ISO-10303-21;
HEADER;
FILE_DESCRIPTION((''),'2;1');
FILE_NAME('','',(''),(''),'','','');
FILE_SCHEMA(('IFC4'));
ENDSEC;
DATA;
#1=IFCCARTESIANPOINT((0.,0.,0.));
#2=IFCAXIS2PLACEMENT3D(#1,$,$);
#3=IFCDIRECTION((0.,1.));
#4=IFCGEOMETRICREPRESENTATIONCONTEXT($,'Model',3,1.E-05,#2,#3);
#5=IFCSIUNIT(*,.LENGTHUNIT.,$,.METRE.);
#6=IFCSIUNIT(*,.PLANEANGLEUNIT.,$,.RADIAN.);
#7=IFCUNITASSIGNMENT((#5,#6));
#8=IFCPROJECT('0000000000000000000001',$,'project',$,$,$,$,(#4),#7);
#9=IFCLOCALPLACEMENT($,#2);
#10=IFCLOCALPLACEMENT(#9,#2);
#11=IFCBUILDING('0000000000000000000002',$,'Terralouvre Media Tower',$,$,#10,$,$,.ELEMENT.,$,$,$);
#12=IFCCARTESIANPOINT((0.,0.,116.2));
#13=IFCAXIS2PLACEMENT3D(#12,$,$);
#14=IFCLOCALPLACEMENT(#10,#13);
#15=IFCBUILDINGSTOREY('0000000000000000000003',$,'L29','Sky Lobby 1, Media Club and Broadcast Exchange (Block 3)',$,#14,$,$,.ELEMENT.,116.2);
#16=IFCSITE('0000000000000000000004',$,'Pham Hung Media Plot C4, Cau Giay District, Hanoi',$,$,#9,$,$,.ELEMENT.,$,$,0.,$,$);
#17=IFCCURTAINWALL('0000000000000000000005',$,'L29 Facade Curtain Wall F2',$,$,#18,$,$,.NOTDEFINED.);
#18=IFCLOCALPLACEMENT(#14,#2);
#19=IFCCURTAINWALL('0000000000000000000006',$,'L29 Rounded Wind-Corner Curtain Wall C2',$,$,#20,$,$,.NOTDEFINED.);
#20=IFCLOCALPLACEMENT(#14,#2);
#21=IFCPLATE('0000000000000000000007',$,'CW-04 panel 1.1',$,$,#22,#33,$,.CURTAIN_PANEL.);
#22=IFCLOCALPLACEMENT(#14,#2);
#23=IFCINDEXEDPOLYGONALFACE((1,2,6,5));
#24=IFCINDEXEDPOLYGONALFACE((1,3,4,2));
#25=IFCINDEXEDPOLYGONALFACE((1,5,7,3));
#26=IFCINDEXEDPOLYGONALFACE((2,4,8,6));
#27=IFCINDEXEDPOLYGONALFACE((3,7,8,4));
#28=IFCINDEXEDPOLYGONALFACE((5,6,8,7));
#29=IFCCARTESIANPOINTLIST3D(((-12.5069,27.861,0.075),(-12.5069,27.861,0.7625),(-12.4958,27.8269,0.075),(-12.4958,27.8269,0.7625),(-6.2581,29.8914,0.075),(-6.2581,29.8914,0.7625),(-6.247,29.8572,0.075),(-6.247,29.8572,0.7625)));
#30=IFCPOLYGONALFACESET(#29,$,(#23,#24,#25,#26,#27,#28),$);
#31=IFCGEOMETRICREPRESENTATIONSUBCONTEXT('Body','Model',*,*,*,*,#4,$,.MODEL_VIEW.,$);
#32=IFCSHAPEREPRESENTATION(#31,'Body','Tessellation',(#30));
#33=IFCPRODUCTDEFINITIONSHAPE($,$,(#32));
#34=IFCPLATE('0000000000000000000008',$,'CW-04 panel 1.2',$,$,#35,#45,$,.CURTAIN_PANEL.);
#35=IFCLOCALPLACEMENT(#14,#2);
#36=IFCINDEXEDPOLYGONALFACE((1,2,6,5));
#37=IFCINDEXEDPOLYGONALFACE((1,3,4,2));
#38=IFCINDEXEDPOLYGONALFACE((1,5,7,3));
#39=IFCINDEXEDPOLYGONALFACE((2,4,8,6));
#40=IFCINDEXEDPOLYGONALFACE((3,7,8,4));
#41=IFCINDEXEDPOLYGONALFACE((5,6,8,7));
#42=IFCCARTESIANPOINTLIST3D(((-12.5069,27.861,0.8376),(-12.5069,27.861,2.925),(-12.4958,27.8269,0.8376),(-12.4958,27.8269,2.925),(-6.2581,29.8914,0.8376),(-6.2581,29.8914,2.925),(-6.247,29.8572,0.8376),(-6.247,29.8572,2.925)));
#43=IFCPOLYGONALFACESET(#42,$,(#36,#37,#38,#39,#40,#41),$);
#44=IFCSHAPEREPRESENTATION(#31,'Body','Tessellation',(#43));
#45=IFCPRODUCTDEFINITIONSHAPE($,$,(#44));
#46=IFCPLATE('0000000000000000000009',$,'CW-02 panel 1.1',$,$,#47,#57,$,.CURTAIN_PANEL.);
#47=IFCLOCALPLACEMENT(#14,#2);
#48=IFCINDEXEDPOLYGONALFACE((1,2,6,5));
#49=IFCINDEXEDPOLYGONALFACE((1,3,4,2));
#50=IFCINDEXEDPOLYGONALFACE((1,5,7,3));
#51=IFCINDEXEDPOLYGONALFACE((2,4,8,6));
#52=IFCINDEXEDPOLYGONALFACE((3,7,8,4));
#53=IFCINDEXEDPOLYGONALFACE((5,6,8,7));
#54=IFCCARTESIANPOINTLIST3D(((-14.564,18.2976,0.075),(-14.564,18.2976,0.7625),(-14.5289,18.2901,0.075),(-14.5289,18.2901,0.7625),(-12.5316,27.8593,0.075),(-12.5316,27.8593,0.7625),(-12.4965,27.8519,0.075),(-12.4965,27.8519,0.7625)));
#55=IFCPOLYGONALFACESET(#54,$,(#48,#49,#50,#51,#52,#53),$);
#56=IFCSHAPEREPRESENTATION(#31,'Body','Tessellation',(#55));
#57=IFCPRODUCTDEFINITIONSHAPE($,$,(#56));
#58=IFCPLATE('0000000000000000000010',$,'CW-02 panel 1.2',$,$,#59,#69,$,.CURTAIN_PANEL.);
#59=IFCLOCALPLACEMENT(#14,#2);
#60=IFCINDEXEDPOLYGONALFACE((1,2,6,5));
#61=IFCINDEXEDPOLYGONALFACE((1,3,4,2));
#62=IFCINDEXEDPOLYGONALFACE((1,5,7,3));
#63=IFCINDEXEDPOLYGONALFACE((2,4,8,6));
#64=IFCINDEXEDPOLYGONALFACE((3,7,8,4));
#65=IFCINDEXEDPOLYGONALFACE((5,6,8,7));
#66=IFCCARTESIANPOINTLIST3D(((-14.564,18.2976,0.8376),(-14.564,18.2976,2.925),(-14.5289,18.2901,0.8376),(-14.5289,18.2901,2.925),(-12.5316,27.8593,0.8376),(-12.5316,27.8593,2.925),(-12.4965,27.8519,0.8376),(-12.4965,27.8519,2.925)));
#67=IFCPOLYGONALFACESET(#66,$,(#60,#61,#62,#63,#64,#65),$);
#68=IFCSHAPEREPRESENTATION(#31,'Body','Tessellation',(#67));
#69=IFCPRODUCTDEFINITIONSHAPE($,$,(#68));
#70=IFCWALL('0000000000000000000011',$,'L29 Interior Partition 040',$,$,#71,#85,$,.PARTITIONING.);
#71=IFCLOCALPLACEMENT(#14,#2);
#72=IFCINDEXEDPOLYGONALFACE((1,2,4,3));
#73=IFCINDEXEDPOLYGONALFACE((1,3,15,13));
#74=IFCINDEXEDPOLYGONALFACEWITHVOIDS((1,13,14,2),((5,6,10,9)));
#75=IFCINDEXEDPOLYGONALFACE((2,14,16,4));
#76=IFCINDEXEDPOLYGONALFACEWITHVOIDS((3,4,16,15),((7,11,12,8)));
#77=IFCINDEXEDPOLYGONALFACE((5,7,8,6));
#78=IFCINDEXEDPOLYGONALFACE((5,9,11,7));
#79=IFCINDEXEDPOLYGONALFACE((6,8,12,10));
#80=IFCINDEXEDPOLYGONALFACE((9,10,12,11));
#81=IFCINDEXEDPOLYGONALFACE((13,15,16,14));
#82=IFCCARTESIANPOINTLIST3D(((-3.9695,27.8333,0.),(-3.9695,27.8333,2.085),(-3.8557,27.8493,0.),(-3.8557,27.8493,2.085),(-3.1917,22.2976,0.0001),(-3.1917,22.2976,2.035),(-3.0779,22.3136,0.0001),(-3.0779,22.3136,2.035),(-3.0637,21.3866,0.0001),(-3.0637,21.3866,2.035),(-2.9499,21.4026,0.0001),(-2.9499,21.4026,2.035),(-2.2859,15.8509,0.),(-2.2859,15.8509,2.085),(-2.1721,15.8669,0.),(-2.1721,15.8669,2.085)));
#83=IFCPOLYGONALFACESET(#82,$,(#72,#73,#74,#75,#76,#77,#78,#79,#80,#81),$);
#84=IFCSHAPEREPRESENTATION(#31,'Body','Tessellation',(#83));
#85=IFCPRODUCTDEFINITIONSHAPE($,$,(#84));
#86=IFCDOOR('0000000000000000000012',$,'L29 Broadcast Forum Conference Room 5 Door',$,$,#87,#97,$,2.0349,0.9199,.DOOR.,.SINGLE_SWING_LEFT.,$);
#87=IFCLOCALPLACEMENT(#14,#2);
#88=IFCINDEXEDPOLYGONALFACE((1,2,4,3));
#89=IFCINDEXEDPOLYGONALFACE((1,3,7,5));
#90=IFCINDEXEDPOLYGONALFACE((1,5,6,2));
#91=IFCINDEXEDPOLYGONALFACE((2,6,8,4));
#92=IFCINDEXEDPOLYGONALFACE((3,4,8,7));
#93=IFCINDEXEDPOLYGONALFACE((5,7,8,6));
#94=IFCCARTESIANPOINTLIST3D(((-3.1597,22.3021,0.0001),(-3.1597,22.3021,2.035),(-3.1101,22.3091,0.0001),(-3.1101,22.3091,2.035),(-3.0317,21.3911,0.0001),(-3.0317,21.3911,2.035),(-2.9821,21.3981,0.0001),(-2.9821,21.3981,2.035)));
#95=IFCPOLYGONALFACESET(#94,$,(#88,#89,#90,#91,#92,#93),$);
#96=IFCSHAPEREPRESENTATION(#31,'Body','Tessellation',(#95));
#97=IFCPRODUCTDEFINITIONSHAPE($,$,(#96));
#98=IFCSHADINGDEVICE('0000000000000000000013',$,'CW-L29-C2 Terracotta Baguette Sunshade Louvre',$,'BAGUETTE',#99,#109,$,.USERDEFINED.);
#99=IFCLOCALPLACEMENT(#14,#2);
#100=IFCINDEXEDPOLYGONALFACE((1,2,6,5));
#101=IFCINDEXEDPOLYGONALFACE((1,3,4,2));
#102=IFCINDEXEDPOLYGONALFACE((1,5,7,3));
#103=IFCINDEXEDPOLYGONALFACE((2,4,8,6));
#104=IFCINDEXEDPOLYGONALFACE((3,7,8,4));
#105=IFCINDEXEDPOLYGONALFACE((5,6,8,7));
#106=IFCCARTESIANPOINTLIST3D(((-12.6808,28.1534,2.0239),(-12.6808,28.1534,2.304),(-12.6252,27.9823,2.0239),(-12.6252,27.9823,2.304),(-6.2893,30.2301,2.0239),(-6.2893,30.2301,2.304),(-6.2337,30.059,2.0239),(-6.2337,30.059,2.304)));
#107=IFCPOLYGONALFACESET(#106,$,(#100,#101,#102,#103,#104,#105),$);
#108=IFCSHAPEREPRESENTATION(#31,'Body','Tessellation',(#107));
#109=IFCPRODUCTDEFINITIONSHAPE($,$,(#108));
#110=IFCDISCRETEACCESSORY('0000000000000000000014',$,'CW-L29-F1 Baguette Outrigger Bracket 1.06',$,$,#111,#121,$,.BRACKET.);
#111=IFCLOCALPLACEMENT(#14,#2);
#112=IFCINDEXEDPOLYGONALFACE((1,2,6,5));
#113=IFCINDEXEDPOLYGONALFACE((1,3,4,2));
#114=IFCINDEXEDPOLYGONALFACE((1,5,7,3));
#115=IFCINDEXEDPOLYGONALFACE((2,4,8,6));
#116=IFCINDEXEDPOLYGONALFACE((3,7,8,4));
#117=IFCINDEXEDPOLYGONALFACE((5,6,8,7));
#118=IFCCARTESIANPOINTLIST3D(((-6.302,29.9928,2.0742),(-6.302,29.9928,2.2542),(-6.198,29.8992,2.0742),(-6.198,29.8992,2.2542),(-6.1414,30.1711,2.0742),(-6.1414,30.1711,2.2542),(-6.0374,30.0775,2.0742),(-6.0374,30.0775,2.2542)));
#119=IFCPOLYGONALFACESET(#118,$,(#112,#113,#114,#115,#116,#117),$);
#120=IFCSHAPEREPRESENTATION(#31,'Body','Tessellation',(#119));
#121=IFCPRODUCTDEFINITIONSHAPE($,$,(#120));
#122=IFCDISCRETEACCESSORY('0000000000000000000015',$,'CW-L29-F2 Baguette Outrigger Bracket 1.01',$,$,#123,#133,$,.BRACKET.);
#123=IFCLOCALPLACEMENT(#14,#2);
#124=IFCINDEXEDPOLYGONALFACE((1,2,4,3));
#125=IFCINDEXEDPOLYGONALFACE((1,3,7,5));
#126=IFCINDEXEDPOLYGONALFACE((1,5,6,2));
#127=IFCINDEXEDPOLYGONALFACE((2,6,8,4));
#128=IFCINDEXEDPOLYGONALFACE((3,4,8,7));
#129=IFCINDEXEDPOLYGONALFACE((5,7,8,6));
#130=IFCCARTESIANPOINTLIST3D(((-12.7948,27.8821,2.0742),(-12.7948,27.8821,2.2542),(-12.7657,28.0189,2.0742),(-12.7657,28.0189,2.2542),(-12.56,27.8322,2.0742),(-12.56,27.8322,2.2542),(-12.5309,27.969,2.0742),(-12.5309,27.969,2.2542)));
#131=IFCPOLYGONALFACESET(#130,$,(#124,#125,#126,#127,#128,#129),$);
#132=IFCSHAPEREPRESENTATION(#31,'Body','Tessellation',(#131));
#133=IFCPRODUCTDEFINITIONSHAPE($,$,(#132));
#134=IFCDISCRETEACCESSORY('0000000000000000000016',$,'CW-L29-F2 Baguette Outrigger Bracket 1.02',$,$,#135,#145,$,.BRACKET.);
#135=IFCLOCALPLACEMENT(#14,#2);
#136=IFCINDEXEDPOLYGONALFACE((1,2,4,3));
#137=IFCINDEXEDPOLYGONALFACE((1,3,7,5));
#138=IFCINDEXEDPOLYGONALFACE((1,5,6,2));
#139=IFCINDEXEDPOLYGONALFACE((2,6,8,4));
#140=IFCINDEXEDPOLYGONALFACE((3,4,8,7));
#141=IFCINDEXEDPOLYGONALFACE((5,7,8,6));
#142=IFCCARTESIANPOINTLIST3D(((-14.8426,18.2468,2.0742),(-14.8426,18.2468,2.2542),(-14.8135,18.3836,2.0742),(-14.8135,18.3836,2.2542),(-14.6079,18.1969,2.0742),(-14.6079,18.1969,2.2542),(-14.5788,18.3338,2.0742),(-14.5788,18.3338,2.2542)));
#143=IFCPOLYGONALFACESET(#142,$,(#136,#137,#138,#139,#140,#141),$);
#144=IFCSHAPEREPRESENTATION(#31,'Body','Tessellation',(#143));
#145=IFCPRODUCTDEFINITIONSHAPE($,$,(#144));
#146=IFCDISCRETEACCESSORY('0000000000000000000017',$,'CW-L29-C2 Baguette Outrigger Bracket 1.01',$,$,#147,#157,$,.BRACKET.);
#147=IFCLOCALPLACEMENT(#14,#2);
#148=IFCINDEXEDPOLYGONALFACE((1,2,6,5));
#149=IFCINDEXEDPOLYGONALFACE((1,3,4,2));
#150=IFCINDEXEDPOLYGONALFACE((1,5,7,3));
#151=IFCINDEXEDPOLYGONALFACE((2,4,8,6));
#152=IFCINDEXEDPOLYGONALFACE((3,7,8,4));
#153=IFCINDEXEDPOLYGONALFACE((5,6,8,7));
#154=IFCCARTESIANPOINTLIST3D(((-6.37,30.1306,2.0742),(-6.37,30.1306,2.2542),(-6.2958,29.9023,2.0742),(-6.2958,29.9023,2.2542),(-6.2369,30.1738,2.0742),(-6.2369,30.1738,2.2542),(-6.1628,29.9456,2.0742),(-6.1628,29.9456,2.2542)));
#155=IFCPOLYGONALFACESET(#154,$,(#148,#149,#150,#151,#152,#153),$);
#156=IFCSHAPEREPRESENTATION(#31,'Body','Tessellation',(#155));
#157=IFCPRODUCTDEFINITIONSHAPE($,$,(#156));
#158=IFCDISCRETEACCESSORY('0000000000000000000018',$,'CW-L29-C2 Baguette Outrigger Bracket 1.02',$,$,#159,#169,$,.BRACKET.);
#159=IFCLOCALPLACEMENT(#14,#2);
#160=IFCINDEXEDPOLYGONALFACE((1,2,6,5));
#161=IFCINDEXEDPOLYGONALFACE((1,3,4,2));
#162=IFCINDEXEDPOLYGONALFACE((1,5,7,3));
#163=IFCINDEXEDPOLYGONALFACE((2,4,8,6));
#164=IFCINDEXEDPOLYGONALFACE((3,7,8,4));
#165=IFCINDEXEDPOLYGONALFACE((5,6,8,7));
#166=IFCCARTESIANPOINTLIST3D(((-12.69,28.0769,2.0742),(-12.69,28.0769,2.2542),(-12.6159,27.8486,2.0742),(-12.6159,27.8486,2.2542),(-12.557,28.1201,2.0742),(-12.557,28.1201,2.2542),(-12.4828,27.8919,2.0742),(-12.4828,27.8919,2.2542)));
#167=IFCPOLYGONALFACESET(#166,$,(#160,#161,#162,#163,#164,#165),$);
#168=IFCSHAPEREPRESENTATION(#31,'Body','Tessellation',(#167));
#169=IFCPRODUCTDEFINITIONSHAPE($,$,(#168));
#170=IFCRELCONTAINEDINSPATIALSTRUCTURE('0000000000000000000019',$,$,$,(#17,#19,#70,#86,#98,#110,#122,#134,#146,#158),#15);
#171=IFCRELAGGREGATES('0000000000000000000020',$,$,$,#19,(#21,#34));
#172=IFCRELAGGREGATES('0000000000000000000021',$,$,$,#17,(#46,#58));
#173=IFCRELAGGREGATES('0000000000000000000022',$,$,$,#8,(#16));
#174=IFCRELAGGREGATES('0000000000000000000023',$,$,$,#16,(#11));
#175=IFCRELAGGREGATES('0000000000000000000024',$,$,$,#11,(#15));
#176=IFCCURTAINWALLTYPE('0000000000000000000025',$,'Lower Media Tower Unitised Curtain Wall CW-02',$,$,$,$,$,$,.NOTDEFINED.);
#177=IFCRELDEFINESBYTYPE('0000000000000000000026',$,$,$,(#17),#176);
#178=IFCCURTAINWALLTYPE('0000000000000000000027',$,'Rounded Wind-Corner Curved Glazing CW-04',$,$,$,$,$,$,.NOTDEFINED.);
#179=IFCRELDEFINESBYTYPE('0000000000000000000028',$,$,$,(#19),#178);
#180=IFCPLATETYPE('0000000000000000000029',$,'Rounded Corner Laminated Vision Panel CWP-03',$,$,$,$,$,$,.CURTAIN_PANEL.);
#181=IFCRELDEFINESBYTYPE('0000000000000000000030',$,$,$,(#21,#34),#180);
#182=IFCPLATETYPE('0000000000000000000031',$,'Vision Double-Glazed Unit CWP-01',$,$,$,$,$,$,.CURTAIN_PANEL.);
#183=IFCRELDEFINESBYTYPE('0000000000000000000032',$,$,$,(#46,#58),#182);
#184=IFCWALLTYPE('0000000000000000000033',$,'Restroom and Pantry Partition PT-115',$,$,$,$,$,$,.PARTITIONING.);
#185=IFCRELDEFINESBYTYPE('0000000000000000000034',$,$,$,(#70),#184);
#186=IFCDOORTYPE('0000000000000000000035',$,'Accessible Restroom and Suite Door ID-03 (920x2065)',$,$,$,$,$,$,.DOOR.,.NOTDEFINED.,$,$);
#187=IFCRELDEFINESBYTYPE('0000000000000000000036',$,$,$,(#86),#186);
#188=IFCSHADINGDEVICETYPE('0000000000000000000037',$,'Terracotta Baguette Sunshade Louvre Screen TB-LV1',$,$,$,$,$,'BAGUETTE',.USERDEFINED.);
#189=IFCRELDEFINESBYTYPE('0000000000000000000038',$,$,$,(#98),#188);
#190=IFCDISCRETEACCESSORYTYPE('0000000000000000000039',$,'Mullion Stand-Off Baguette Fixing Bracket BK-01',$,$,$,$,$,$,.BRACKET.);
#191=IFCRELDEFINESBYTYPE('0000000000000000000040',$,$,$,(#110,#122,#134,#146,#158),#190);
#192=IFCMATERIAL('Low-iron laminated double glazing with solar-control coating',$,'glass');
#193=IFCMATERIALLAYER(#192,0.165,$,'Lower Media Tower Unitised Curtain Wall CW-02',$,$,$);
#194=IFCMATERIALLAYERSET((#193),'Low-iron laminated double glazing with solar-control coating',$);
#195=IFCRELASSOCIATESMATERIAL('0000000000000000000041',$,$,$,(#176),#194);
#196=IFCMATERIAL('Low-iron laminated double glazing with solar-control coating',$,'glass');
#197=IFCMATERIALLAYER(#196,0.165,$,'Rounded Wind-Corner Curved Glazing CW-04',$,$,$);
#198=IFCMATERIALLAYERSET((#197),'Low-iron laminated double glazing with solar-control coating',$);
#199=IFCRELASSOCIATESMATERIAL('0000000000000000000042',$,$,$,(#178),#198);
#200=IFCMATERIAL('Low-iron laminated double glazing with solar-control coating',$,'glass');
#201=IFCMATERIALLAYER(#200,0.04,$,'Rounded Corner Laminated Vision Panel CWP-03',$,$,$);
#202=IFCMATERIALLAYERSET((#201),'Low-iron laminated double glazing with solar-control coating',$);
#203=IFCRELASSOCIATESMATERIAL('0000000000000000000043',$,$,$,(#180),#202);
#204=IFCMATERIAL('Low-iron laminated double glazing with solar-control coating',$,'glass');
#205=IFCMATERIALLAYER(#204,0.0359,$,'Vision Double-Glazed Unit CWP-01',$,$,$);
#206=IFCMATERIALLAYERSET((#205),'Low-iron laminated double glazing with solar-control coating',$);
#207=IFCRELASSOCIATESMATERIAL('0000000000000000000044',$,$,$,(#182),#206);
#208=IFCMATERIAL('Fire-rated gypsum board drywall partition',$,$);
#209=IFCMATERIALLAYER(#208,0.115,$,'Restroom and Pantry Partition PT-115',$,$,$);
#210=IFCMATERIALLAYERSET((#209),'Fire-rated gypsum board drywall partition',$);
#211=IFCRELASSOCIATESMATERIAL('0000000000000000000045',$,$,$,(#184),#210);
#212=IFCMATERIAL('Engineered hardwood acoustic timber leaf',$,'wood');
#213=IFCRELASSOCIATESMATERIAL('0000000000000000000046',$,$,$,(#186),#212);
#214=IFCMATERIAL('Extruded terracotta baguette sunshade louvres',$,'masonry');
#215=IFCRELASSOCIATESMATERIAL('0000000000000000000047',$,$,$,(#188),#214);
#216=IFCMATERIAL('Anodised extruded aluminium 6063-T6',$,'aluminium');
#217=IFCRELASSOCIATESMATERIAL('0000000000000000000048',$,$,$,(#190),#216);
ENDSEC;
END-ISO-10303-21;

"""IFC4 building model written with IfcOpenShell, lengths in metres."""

from ifc_helpers import new_model, si_unit, direction, frame, frame_2d, origin, origin_2d, place, context, subcontext, project, spatial, rectangle, extrude, material, layer, layer_set, type_object, element, fill, aggregate, save


model = new_model("IFC4")

# Units and contexts
model_context = context("Model", 3, precision=1e-05, world=origin(), true_north=direction((0.0, 1.0)))
body_context = subcontext(model_context, "Body", "Model", "MODEL_VIEW")
ifc_project = project(units=[si_unit("LENGTHUNIT", "METRE"), si_unit("PLANEANGLEUNIT", "RADIAN")], contexts=[model_context])

# Site, building, storey
site_placement = place(None, origin())
site = spatial("IfcSite", under=ifc_project, at=site_placement, Name="Pham Hung Media Plot C4, Cau Giay District, Hanoi", CompositionType="ELEMENT", RefElevation=0.0)
building_placement = place(site_placement, origin())
building = spatial("IfcBuilding", under=site, at=building_placement, Name="Terralouvre Media Tower", CompositionType="ELEMENT")
storey_placement = place(building_placement, frame((0.0, 0.0, 116.2)))
storey = spatial("IfcBuildingStorey", under=building, at=storey_placement, Name="L29", Description="Sky Lobby 1, Media Club and Broadcast Exchange (Block 3)", CompositionType="ELEMENT", Elevation=116.2)

# Curtain walls
ifc_material_1 = material(Name="Low-iron laminated double glazing with solar-control coating", Category="glass")
ifc_layer_1 = layer(ifc_material_1, 0.165, Name="Lower Media Tower Unitised Curtain Wall CW-02")
ifc_layer_set_1 = layer_set([ifc_layer_1], Name="Low-iron laminated double glazing with solar-control coating")
curtain_wall_type_1 = type_object("IfcCurtainWallType", Name="Lower Media Tower Unitised Curtain Wall CW-02", PredefinedType="NOTDEFINED", material=ifc_layer_set_1)
curtain_wall_1_placement = place(storey_placement, origin())
curtain_wall_1 = element("IfcCurtainWall", 1, at=curtain_wall_1_placement, inside=storey, type_object=curtain_wall_type_1, Name="L29 Facade Curtain Wall F2", PredefinedType="NOTDEFINED")
ifc_material_2 = material(Name="Low-iron laminated double glazing with solar-control coating", Category="glass")
ifc_layer_2 = layer(ifc_material_2, 0.165, Name="Rounded Wind-Corner Curved Glazing CW-04")
ifc_layer_set_2 = layer_set([ifc_layer_2], Name="Low-iron laminated double glazing with solar-control coating")
curtain_wall_type_2 = type_object("IfcCurtainWallType", Name="Rounded Wind-Corner Curved Glazing CW-04", PredefinedType="NOTDEFINED", material=ifc_layer_set_2)
curtain_wall_2_placement = place(storey_placement, origin())
curtain_wall_2 = element("IfcCurtainWall", 2, at=curtain_wall_2_placement, inside=storey, type_object=curtain_wall_type_2, Name="L29 Rounded Wind-Corner Curtain Wall C2", PredefinedType="NOTDEFINED")

# Plates
ifc_material_3 = material(Name="Low-iron laminated double glazing with solar-control coating", Category="glass")
ifc_layer_3 = layer(ifc_material_3, 0.04, Name="Rounded Corner Laminated Vision Panel CWP-03")
ifc_layer_set_3 = layer_set([ifc_layer_3], Name="Low-iron laminated double glazing with solar-control coating")
plate_type_1 = type_object("IfcPlateType", Name="Rounded Corner Laminated Vision Panel CWP-03", PredefinedType="CURTAIN_PANEL", material=ifc_layer_set_3)
plate_1_placement = place(storey_placement, frame((-9.377, 28.8591, 0.075), z_axis=(0.0, 0.0, 1.0), x_axis=(-0.951056, -0.309018, 0.0)))
plate_1 = element("IfcPlate", 3, at=plate_1_placement, type_object=plate_type_1, Name="CW-04 panel 1.1", PredefinedType="CURTAIN_PANEL", context=body_context, shape_type="SweptSolid", body=[
    extrude(rectangle(XDim=6.5703, YDim=0.0359, at=origin_2d()), origin(), (0.0, 0.0, 1.0), 0.6875),
])
plate_2_placement = place(storey_placement, frame((-9.377, 28.8591, 0.8376), z_axis=(0.0, 0.0, 1.0), x_axis=(-0.951056, -0.309018, 0.0)))
plate_2 = element("IfcPlate", 4, at=plate_2_placement, type_object=plate_type_1, Name="CW-04 panel 1.2", PredefinedType="CURTAIN_PANEL", context=body_context, shape_type="SweptSolid", body=[
    extrude(rectangle(XDim=6.5703, YDim=0.0359, at=origin_2d()), origin(), (0.0, 0.0, 1.0), 2.0874),
])
aggregate(curtain_wall_2, [plate_1, plate_2])
ifc_material_4 = material(Name="Low-iron laminated double glazing with solar-control coating", Category="glass")
ifc_layer_4 = layer(ifc_material_4, 0.0359, Name="Vision Double-Glazed Unit CWP-01")
ifc_layer_set_4 = layer_set([ifc_layer_4], Name="Low-iron laminated double glazing with solar-control coating")
plate_type_2 = type_object("IfcPlateType", Name="Vision Double-Glazed Unit CWP-01", PredefinedType="CURTAIN_PANEL", material=ifc_layer_set_4)
plate_3_placement = place(storey_placement, frame((-13.5303, 23.0747, 0.075), z_axis=(0.0, 0.0, 1.0), x_axis=(-0.207912, -0.978148, 0.0)))
plate_3 = element("IfcPlate", 5, at=plate_3_placement, type_object=plate_type_2, Name="CW-02 panel 1.1", PredefinedType="CURTAIN_PANEL", context=body_context, shape_type="SweptSolid", body=[
    extrude(rectangle(XDim=9.7754, YDim=0.0359, at=origin_2d()), origin(), (0.0, 0.0, 1.0), 0.6875),
])
plate_4_placement = place(storey_placement, frame((-13.5303, 23.0747, 0.8376), z_axis=(0.0, 0.0, 1.0), x_axis=(-0.207912, -0.978148, 0.0)))
plate_4 = element("IfcPlate", 6, at=plate_4_placement, type_object=plate_type_2, Name="CW-02 panel 1.2", PredefinedType="CURTAIN_PANEL", context=body_context, shape_type="SweptSolid", body=[
    extrude(rectangle(XDim=9.7754, YDim=0.0359, at=origin_2d()), origin(), (0.0, 0.0, 1.0), 2.0874),
])
aggregate(curtain_wall_1, [plate_3, plate_4])

# Wall, opening, door
ifc_material_5 = material(Name="Fire-rated gypsum board drywall partition")
ifc_layer_5 = layer(ifc_material_5, 0.115, Name="Restroom and Pantry Partition PT-115")
ifc_layer_set_5 = layer_set([ifc_layer_5], Name="Fire-rated gypsum board drywall partition")
wall_type = type_object("IfcWallType", Name="Restroom and Pantry Partition PT-115", PredefinedType="PARTITIONING", material=ifc_layer_set_5)
wall_placement = place(storey_placement, frame((-3.9126, 27.8413, 0.0), z_axis=(0.0, 0.0, 1.0), x_axis=(0.139139, -0.990273, 0.0)))
wall = element("IfcWall", 7, at=wall_placement, inside=storey, type_object=wall_type, Name="L29 Interior Partition 040", PredefinedType="PARTITIONING", context=body_context, shape_type="SweptSolid", body=[
    extrude(rectangle(XDim=12.1001, YDim=0.115, at=frame_2d((6.05, 0.0))), origin(), (0.0, 0.0, 1.0), 2.085),
])
opening_placement = place(wall_placement, frame((5.5901, 0.0, 0.0)))
opening = element("IfcOpeningElement", 8, at=opening_placement, cuts=wall, PredefinedType="OPENING", context=body_context, shape_type="SweptSolid", body=[
    extrude(rectangle(XDim=0.9199, YDim=2.0349, at=frame_2d((0.46, 1.0176))), frame((0.0, 0.0674, 0.0), z_axis=(0.0, -1.0, 0.0), x_axis=(1.0, 0.0, 0.0)), (0.0, 0.0, 1.0), 0.135),
])
ifc_material_6 = material(Name="Engineered hardwood acoustic timber leaf", Category="wood")
door_type = type_object("IfcDoorType", Name="Accessible Restroom and Suite Door ID-03 (920x2065)", OperationType="NOTDEFINED", PredefinedType="DOOR", material=ifc_material_6)
door_placement = place(opening_placement, origin())
door = element("IfcDoor", 9, at=door_placement, inside=storey, type_object=door_type, Name="L29 Broadcast Forum Conference Room 5 Door", OperationType="SINGLE_SWING_LEFT", OverallHeight=2.0349, OverallWidth=0.9199, PredefinedType="DOOR", context=body_context, shape_type="SweptSolid", body=[
    extrude(rectangle(XDim=0.9199, YDim=2.0349, at=frame_2d((0.46, 1.0176))), frame((0.0, 0.0249, 0.0), z_axis=(0.0, -1.0, 0.0), x_axis=(1.0, 0.0, 0.0)), (0.0, 0.0, 1.0), 0.05),
])
fill(opening, door)

# Shading device
ifc_material_7 = material(Name="Extruded terracotta baguette sunshade louvres", Category="masonry")
shading_device_type = type_object("IfcShadingDeviceType", Name="Terracotta Baguette Sunshade Louvre Screen TB-LV1", ElementType="BAGUETTE", PredefinedType="USERDEFINED", material=ifc_material_7)
shading_device_placement = place(storey_placement, frame((-9.4573, 29.1062, 2.0239), z_axis=(0.0, 0.0, 1.0), x_axis=(-0.951056, -0.309018, 0.0)))
element("IfcShadingDevice", 10, at=shading_device_placement, inside=storey, type_object=shading_device_type, Name="CW-L29-C2 Terracotta Baguette Sunshade Louvre", ObjectType="BAGUETTE", PredefinedType="USERDEFINED", context=body_context, shape_type="SweptSolid", body=[
    extrude(rectangle(XDim=6.7205, YDim=0.1799, at=origin_2d()), origin(), (0.0, 0.0, 1.0), 0.28),
])

# Discrete accessories
ifc_material_8 = material(Name="Anodised extruded aluminium 6063-T6", Category="aluminium")
discrete_accessory_type = type_object("IfcDiscreteAccessoryType", Name="Mullion Stand-Off Baguette Fixing Bracket BK-01", PredefinedType="BRACKET", material=ifc_material_8)
for number, where, z_axis, x_axis, name in (
    (11, (-6.1697, 30.0352, 2.0742), (0.0, 0.0, 1.0), (-0.743145, 0.669131, 0.0), "CW-L29-F1 Baguette Outrigger Bracket 1.06"),
    (12, (-12.6628, 27.9255, 2.0742), (0.0, 0.0, 1.0), (-0.207912, -0.978148, 0.0), "CW-L29-F2 Baguette Outrigger Bracket 1.01"),
    (13, (-14.7107, 18.2903, 2.0742), (0.0, 0.0, 1.0), (-0.207912, -0.978148, 0.0), "CW-L29-F2 Baguette Outrigger Bracket 1.02"),
    (14, (-6.2664, 30.0381, 2.0742), (0.0, 0.0, 1.0), (-0.951056, -0.309018, 0.0), "CW-L29-C2 Baguette Outrigger Bracket 1.01"),
    (15, (-12.5864, 27.9844, 2.0742), (0.0, 0.0, 1.0), (-0.951056, -0.309018, 0.0), "CW-L29-C2 Baguette Outrigger Bracket 1.02"),
):
    element("IfcDiscreteAccessory", number, at=place(storey_placement, frame(where, z_axis=z_axis, x_axis=x_axis)), inside=storey, type_object=discrete_accessory_type, Name=name, PredefinedType="BRACKET", context=body_context, shape_type="SweptSolid", body=[
        extrude(rectangle(XDim=0.1399, YDim=0.24, at=origin_2d()), origin(), (0.0, 0.0, 1.0), 0.1799),
    ])

save(model, "model.ifc")
